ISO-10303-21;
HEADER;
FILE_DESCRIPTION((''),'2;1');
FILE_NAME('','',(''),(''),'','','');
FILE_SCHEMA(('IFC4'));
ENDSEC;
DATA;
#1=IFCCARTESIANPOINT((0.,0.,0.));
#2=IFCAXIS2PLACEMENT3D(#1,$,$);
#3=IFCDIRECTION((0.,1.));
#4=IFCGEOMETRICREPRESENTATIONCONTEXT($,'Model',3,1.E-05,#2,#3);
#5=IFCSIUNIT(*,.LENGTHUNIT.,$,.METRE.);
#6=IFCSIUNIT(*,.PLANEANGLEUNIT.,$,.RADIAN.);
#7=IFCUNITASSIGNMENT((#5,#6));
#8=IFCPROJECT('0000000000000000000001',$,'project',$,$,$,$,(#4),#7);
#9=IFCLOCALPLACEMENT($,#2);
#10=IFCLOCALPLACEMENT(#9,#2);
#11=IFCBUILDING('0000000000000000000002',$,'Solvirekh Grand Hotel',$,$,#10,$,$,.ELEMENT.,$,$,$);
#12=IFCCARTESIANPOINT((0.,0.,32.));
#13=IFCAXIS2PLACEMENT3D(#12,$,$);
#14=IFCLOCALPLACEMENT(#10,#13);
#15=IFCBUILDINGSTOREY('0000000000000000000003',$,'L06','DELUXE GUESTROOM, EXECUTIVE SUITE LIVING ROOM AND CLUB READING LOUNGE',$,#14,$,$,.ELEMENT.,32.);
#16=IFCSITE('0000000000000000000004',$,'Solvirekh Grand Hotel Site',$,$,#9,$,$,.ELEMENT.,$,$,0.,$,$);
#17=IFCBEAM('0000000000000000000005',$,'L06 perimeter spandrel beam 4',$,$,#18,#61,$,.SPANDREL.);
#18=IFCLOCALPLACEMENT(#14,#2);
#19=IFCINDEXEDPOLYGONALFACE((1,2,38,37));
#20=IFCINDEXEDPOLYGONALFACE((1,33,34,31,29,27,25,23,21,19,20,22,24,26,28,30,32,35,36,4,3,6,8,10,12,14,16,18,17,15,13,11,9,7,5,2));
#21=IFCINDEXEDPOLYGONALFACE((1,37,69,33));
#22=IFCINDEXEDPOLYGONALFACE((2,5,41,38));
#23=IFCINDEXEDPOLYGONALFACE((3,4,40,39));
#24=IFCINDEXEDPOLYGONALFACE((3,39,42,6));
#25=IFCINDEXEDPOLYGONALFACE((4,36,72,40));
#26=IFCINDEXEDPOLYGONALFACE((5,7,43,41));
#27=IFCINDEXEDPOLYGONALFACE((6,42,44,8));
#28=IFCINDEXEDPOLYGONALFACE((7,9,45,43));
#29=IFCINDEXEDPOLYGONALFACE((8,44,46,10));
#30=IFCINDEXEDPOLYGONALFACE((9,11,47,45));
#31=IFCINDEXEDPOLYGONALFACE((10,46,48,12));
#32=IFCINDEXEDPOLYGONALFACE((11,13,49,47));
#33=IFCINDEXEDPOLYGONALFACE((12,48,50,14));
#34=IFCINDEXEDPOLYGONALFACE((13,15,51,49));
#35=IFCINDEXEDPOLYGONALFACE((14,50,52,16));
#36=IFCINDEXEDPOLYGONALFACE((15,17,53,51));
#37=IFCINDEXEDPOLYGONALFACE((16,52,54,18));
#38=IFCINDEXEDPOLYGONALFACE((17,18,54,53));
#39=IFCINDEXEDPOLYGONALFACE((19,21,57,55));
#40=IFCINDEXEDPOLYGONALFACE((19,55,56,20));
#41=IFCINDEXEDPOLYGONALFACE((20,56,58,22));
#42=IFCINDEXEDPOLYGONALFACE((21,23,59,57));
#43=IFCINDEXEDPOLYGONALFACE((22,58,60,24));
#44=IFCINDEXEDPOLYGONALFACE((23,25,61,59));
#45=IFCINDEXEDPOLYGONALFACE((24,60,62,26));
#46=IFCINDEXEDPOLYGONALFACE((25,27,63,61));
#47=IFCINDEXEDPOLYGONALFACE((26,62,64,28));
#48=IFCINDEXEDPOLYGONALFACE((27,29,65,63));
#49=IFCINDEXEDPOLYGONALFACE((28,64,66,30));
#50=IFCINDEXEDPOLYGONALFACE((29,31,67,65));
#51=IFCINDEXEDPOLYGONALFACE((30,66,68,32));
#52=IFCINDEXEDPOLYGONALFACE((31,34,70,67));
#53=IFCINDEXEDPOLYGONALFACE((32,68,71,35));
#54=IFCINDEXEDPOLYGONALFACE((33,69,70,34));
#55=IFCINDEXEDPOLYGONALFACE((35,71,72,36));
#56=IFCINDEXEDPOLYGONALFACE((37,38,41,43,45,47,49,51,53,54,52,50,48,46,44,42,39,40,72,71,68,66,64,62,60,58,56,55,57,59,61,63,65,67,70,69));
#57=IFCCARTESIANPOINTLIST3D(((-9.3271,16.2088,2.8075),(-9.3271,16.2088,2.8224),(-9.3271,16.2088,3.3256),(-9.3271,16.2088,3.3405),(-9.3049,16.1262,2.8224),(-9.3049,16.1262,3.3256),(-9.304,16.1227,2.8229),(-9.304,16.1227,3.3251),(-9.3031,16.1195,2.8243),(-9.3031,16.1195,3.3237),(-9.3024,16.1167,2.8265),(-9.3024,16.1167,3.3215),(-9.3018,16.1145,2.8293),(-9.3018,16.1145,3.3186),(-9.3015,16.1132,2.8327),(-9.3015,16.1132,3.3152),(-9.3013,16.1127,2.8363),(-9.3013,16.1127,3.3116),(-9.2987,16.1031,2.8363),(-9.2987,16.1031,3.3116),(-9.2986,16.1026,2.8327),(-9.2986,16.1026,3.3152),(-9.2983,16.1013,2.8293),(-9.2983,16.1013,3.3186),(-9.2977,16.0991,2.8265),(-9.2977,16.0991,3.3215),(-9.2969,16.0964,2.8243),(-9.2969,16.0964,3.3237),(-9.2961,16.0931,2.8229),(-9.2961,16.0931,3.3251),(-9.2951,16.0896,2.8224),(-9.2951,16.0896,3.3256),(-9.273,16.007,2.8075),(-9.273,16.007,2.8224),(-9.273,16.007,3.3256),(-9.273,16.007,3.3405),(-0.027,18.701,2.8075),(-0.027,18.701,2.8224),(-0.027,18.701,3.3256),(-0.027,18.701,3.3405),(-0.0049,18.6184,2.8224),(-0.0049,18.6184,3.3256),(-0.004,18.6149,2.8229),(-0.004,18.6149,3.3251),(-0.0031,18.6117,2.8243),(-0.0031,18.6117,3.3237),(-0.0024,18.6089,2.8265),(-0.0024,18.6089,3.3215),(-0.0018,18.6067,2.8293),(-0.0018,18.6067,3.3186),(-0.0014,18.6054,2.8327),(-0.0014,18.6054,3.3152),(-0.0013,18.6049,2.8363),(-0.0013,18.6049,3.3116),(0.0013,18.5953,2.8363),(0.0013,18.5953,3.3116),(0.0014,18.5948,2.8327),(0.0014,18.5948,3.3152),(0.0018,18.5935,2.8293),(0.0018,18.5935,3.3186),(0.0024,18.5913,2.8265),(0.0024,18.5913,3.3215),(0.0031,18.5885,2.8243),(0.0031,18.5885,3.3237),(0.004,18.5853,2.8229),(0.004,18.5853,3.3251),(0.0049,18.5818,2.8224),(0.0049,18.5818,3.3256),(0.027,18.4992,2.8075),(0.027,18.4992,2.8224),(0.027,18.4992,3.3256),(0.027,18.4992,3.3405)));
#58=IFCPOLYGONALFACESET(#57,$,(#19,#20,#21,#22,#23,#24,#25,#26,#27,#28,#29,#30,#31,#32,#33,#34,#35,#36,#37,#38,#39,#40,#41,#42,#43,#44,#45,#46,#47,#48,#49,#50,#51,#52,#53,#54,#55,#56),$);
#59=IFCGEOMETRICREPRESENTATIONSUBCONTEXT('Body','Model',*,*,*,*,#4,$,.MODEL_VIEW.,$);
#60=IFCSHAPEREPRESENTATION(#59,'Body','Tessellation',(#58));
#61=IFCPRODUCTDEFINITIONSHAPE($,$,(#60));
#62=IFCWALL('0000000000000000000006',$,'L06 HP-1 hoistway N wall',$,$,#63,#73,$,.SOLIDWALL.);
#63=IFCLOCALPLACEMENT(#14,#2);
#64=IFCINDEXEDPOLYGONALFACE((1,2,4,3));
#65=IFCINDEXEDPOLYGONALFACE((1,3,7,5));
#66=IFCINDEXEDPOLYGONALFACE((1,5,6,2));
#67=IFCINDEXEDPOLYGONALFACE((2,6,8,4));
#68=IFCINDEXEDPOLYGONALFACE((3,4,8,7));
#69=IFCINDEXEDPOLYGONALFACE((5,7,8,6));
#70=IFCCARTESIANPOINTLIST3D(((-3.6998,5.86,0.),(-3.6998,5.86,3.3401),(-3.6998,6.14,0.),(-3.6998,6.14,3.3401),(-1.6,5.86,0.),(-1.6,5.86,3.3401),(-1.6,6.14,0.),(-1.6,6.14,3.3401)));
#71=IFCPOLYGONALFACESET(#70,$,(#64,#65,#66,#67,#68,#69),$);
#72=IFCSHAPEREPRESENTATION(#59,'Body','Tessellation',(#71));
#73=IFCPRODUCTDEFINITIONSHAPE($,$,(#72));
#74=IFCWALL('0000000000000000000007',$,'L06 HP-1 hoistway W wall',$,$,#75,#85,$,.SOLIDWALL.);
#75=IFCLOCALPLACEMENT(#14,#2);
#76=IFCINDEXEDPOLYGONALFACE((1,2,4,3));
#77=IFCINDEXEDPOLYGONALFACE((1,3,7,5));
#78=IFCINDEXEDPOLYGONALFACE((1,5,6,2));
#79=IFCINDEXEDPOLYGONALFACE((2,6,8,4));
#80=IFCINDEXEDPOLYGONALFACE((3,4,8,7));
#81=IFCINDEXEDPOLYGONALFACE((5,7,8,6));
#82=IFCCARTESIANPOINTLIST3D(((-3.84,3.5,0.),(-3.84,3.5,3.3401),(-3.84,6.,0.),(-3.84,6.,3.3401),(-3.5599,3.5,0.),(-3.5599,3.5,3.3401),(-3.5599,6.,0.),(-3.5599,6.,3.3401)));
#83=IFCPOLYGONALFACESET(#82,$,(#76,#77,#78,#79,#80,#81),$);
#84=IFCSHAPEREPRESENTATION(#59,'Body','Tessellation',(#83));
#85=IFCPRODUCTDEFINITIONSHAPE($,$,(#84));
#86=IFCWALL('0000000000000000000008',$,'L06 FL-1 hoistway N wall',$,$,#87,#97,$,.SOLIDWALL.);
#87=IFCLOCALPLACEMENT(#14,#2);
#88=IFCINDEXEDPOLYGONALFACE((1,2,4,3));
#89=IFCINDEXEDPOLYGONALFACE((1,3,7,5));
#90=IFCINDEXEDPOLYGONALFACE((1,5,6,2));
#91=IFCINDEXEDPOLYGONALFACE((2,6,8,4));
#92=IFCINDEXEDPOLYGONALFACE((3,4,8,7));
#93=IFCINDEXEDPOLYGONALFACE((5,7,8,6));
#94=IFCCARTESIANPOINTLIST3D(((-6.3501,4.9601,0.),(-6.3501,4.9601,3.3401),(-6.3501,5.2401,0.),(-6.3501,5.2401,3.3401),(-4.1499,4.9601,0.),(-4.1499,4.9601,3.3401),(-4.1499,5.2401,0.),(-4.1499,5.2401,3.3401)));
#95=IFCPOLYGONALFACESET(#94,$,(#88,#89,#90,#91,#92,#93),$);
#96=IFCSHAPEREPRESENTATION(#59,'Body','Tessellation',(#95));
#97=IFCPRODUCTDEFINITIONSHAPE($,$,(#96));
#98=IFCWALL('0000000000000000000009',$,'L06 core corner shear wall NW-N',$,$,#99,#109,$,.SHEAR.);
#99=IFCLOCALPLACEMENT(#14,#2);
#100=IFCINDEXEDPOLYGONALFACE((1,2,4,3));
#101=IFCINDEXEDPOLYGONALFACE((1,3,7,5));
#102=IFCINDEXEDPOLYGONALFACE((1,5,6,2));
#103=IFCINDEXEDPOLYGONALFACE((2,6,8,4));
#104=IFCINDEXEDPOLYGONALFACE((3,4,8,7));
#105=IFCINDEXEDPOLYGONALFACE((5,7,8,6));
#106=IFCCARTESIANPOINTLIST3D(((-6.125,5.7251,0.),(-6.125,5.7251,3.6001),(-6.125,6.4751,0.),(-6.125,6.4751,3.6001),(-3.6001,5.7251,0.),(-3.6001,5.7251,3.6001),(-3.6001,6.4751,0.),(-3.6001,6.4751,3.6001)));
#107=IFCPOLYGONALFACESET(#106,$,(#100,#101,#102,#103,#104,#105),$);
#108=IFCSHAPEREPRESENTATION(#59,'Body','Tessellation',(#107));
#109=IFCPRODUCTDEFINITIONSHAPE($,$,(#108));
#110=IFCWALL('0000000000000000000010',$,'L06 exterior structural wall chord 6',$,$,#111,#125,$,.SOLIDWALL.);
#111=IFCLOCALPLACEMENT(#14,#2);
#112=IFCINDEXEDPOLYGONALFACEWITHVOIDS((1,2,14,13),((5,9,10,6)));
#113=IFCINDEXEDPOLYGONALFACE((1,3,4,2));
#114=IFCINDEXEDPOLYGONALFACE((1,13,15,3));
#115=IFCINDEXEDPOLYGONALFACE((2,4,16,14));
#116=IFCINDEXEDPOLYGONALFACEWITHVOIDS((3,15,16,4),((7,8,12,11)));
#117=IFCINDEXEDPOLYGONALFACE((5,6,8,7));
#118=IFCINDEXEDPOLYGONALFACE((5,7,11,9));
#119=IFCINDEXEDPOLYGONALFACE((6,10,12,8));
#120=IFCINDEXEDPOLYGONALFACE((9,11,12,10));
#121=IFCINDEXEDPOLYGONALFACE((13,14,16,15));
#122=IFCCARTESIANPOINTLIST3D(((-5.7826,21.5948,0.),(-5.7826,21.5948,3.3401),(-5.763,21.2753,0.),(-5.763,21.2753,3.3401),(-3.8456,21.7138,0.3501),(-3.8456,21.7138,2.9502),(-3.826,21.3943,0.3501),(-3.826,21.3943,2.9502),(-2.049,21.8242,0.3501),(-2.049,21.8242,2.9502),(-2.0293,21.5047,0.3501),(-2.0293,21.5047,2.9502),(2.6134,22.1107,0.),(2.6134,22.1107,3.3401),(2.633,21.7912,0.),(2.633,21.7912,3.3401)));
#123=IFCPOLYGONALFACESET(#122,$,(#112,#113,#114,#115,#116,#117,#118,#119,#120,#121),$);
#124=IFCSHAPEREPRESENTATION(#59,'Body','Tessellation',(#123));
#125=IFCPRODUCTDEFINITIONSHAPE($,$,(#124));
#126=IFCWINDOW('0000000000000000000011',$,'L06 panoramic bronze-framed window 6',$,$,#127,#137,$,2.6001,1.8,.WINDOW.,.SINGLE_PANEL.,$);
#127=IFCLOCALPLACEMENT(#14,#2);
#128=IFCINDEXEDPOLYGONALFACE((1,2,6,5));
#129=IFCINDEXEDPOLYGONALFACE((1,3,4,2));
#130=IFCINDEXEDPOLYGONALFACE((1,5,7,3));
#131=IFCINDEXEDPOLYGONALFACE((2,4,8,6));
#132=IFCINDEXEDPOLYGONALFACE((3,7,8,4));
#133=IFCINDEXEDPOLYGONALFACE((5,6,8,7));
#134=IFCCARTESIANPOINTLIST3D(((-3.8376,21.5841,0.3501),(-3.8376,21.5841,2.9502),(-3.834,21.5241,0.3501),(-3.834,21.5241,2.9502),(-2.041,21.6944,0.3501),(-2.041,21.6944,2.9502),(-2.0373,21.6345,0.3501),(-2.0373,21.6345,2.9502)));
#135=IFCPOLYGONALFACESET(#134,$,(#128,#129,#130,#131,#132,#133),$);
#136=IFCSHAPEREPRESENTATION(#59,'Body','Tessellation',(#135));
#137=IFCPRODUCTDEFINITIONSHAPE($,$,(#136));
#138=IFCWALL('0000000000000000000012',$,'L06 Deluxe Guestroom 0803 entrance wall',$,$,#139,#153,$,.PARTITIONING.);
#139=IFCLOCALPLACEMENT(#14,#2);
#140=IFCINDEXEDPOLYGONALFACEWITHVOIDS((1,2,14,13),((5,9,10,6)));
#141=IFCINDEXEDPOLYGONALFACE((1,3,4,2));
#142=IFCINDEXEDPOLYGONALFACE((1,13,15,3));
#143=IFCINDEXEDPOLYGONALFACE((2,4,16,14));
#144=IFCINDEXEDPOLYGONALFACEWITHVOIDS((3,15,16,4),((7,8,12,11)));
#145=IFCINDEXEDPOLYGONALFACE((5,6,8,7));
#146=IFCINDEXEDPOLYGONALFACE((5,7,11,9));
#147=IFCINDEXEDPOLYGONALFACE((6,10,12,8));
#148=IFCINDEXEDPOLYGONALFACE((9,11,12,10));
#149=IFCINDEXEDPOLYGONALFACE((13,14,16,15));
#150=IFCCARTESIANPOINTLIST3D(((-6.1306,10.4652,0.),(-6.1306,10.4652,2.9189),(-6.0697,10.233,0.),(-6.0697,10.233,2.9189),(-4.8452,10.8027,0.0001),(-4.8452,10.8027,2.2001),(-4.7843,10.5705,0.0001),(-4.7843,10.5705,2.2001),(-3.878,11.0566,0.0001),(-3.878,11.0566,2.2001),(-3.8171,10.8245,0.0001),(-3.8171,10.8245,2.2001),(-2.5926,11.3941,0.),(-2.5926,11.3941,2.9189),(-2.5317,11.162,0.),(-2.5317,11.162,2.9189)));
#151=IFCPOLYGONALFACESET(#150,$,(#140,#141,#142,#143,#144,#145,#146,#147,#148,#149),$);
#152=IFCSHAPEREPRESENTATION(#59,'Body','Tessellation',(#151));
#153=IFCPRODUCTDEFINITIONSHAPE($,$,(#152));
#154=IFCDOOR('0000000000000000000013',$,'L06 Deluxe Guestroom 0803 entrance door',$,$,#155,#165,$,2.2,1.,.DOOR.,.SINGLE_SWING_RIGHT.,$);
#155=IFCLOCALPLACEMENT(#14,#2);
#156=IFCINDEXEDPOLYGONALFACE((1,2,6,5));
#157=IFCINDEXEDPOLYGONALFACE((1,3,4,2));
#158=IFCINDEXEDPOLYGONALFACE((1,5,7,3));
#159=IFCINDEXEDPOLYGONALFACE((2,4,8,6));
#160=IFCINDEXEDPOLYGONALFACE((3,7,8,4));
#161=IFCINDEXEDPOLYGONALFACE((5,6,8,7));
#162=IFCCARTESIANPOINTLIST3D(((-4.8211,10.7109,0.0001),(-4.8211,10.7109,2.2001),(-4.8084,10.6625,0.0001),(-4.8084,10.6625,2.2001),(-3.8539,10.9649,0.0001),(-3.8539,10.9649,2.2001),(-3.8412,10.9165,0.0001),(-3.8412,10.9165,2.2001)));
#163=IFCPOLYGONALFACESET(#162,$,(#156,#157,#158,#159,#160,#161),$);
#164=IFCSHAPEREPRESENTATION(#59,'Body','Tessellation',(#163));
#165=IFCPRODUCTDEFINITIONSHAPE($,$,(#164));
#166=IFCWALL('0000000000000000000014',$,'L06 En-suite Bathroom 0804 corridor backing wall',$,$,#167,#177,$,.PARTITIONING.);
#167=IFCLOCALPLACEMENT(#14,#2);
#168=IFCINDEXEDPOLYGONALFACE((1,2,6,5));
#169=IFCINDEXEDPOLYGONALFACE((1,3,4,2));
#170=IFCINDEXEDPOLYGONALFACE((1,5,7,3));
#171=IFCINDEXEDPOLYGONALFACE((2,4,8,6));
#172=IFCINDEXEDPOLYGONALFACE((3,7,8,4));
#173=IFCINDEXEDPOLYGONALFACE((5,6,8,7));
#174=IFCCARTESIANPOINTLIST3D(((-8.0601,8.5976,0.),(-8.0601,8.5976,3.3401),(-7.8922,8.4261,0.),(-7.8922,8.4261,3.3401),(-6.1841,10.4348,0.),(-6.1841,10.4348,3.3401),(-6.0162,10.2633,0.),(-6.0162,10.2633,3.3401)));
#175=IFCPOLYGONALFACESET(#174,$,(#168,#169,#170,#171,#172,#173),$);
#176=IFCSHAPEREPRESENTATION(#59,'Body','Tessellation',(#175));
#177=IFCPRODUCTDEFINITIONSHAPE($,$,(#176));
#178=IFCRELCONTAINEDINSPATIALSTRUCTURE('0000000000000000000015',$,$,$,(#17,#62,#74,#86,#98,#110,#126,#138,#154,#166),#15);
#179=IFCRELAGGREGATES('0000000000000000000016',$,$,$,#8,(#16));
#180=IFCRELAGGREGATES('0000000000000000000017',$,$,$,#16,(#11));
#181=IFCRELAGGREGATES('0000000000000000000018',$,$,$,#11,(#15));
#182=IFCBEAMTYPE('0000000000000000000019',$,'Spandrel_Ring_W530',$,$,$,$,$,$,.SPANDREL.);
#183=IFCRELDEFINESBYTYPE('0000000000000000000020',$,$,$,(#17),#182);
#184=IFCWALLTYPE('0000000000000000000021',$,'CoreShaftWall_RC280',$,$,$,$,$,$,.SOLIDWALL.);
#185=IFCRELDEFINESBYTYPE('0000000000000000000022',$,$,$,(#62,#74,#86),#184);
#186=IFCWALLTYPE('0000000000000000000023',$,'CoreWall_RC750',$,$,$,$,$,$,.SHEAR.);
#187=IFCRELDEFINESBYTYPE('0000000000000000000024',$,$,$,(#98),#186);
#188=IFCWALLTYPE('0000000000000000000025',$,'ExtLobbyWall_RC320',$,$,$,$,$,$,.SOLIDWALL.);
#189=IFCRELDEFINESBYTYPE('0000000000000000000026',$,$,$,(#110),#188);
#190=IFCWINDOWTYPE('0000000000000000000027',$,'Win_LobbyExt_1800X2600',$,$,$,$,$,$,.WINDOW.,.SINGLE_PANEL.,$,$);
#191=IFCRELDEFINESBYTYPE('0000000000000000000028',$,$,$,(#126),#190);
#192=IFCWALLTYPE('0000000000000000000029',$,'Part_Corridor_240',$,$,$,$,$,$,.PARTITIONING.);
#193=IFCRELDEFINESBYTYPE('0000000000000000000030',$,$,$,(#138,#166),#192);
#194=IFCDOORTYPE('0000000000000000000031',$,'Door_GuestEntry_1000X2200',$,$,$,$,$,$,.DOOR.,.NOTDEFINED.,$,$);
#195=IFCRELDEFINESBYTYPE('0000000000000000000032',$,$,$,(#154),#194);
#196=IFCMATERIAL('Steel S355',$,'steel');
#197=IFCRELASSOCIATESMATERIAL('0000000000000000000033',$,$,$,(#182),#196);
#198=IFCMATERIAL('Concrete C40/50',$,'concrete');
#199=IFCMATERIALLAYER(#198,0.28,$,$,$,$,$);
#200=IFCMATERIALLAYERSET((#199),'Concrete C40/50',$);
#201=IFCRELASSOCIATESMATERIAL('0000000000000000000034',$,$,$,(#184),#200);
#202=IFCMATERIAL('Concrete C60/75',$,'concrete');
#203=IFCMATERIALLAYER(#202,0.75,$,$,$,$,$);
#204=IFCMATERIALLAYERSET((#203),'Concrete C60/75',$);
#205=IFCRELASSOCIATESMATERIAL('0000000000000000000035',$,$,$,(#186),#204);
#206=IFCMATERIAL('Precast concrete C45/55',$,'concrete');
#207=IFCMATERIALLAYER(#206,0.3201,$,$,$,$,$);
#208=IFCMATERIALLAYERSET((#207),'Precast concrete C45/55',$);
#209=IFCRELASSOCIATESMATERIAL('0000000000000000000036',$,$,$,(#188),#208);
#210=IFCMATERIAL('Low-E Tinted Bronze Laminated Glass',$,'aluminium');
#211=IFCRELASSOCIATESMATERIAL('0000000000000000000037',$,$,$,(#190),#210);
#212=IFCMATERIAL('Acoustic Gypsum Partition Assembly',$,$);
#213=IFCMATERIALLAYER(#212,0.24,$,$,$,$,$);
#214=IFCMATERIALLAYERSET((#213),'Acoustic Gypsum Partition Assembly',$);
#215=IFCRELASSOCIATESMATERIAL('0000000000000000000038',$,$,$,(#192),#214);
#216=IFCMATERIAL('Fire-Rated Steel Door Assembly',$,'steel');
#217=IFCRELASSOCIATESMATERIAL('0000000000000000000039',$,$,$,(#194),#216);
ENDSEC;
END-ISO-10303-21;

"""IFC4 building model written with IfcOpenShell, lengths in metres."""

from ifc_helpers import new_model, si_unit, direction, frame, frame_2d, origin, origin_2d, place, context, subcontext, project, spatial, rectangle, i_section, extrude, material, layer, layer_set, material_profile, profile_set, type_object, element, fill, save


model = new_model("IFC4")

# Units and contexts
model_context = context("Model", 3, precision=1e-05, world=origin(), true_north=direction((0.0, 1.0)))
body_context = subcontext(model_context, "Body", "Model", "MODEL_VIEW")
ifc_project = project(units=[si_unit("LENGTHUNIT", "METRE"), si_unit("PLANEANGLEUNIT", "RADIAN")], contexts=[model_context])

# Site, building, storey
site_placement = place(None, origin())
site = spatial("IfcSite", under=ifc_project, at=site_placement, Name="Solvirekh Grand Hotel Site", CompositionType="ELEMENT", RefElevation=0.0)
building_placement = place(site_placement, origin())
building = spatial("IfcBuilding", under=site, at=building_placement, Name="Solvirekh Grand Hotel", CompositionType="ELEMENT")
storey_placement = place(building_placement, frame((0.0, 0.0, 32.0)))
storey = spatial("IfcBuildingStorey", under=building, at=storey_placement, Name="L06", Description="DELUXE GUESTROOM, EXECUTIVE SUITE LIVING ROOM AND CLUB READING LOUNGE", CompositionType="ELEMENT", Elevation=32.0)

# Shared definitions
ifc_material_1 = material(Name="Concrete C60/75", Category="concrete")

# Beam
ifc_material_2 = material(Name="Steel S355", Category="steel")
ifc_material_profile_1 = material_profile(ifc_material_2, i_section(OverallWidth=0.209, OverallDepth=0.533, WebThickness=0.01, FlangeThickness=0.0149, FilletRadius=0.0139, at=origin_2d()), Name="W530X92")
ifc_profile_set_1 = profile_set([ifc_material_profile_1], Name="Steel S355")
beam_type_1 = type_object("IfcBeamType", Name="Spandrel_Ring_W530", PredefinedType="SPANDREL", material=ifc_profile_set_1)
beam_1_placement = place(storey_placement, frame((0.0, 18.6001, 3.074), z_axis=(-0.965919, -0.258843, 0.0), x_axis=(0.258843, -0.965919, 0.0)))
element("IfcBeam", 1, at=beam_1_placement, inside=storey, type_object=beam_type_1, Name="L06 perimeter spandrel beam 4", PredefinedType="SPANDREL", context=body_context, shape_type="SweptSolid", body=[
    extrude(i_section(OverallWidth=0.209, OverallDepth=0.533, WebThickness=0.01, FlangeThickness=0.0149, FilletRadius=0.0139, at=origin_2d()), origin(), (0.0, 0.0, 1.0), 9.6282),
])

# Walls
ifc_material_3 = material(Name="Concrete C40/50", Category="concrete")
ifc_layer_1 = layer(ifc_material_3, 0.28)
ifc_layer_set_1 = layer_set([ifc_layer_1], Name="Concrete C40/50")
wall_type_1 = type_object("IfcWallType", Name="CoreShaftWall_RC280", PredefinedType="SOLIDWALL", material=ifc_layer_set_1)
wall_1_placement = place(storey_placement, frame((-1.6001, 6.0, 0.0), z_axis=(0.0, 0.0, 1.0), x_axis=(-1.0, 0.0, 0.0)))
element("IfcWall", 2, at=wall_1_placement, inside=storey, type_object=wall_type_1, Name="L06 HP-1 hoistway N wall", PredefinedType="SOLIDWALL", context=body_context, shape_type="SweptSolid", body=[
    extrude(rectangle(XDim=2.0999, YDim=0.28, at=frame_2d((1.0498, 0.0))), origin(), (0.0, 0.0, 1.0), 3.3401),
])
wall_2_placement = place(storey_placement, frame((-3.7, 6.0, 0.0), z_axis=(0.0, 0.0, 1.0), x_axis=(0.0, -1.0, 0.0)))
element("IfcWall", 3, at=wall_2_placement, inside=storey, type_object=wall_type_1, Name="L06 HP-1 hoistway W wall", PredefinedType="SOLIDWALL", context=body_context, shape_type="SweptSolid", body=[
    extrude(rectangle(XDim=2.5, YDim=0.28, at=frame_2d((1.25, 0.0))), origin(), (0.0, 0.0, 1.0), 3.3401),
])
wall_3_placement = place(storey_placement, frame((-4.1499, 5.1001, 0.0), z_axis=(0.0, 0.0, 1.0), x_axis=(-1.0, 0.0, 0.0)))
element("IfcWall", 4, at=wall_3_placement, inside=storey, type_object=wall_type_1, Name="L06 FL-1 hoistway N wall", PredefinedType="SOLIDWALL", context=body_context, shape_type="SweptSolid", body=[
    extrude(rectangle(XDim=2.2002, YDim=0.28, at=frame_2d((1.1001, 0.0))), origin(), (0.0, 0.0, 1.0), 3.3401),
])
ifc_layer_2 = layer(ifc_material_1, 0.75)
ifc_layer_set_2 = layer_set([ifc_layer_2], Name="Concrete C60/75")
wall_type_2 = type_object("IfcWallType", Name="CoreWall_RC750", PredefinedType="SHEAR", material=ifc_layer_set_2)
wall_4_placement = place(storey_placement, frame((-6.125, 6.1001, 0.0), z_axis=(0.0, 0.0, 1.0), x_axis=(1.0, 0.0, 0.0)))
element("IfcWall", 5, at=wall_4_placement, inside=storey, type_object=wall_type_2, Name="L06 core corner shear wall NW-N", PredefinedType="SHEAR", context=body_context, shape_type="SweptSolid", body=[
    extrude(rectangle(XDim=2.5249, YDim=0.75, at=frame_2d((1.2625, 0.0))), origin(), (0.0, 0.0, 1.0), 3.6001),
])

# Wall, opening, window
ifc_material_4 = material(Name="Precast concrete C45/55", Category="concrete")
ifc_layer_3 = layer(ifc_material_4, 0.3201)
ifc_layer_set_3 = layer_set([ifc_layer_3], Name="Precast concrete C45/55")
wall_type_3 = type_object("IfcWallType", Name="ExtLobbyWall_RC320", PredefinedType="SOLIDWALL", material=ifc_layer_set_3)
wall_5_placement = place(storey_placement, frame((-5.7729, 21.4351, 0.0), z_axis=(0.0, 0.0, 1.0), x_axis=(0.998118, 0.061327, 0.0)))
wall_5 = element("IfcWall", 6, at=wall_5_placement, inside=storey, type_object=wall_type_3, Name="L06 exterior structural wall chord 6", PredefinedType="SOLIDWALL", context=body_context, shape_type="SweptSolid", body=[
    extrude(rectangle(XDim=8.4119, YDim=0.3201, at=frame_2d((4.2061, 0.0))), origin(), (0.0, 0.0, 1.0), 3.3401),
])
opening_1_placement = place(wall_5_placement, frame((1.9409, 0.0, 0.3501)))
opening_1 = element("IfcOpeningElement", 7, at=opening_1_placement, cuts=wall_5, PredefinedType="OPENING", context=body_context, shape_type="SweptSolid", body=[
    extrude(rectangle(XDim=1.8, YDim=2.6001, at=frame_2d((0.8999, 1.3))), frame((0.0, 0.1699, 0.0), z_axis=(0.0, -1.0, 0.0), x_axis=(1.0, 0.0, 0.0)), (0.0, 0.0, 1.0), 0.3401),
])
ifc_material_5 = material(Name="Low-E Tinted Bronze Laminated Glass", Category="aluminium")
window_type = type_object("IfcWindowType", Name="Win_LobbyExt_1800X2600", PartitioningType="SINGLE_PANEL", PredefinedType="WINDOW", material=ifc_material_5)
window_placement = place(opening_1_placement, origin())
window = element("IfcWindow", 8, at=window_placement, inside=storey, type_object=window_type, Name="L06 panoramic bronze-framed window 6", OverallHeight=2.6001, OverallWidth=1.8, PartitioningType="SINGLE_PANEL", PredefinedType="WINDOW", context=body_context, shape_type="SweptSolid", body=[
    extrude(rectangle(XDim=1.8, YDim=2.6001, at=frame_2d((0.8999, 1.3))), frame((0.0, 0.03, 0.0), z_axis=(0.0, -1.0, 0.0), x_axis=(1.0, 0.0, 0.0)), (0.0, 0.0, 1.0), 0.0601),
])
fill(opening_1, window)

# Wall, opening, door
ifc_material_6 = material(Name="Acoustic Gypsum Partition Assembly")
ifc_layer_4 = layer(ifc_material_6, 0.24)
ifc_layer_set_4 = layer_set([ifc_layer_4], Name="Acoustic Gypsum Partition Assembly")
wall_type_4 = type_object("IfcWallType", Name="Part_Corridor_240", PredefinedType="PARTITIONING", material=ifc_layer_set_4)
wall_6_placement = place(storey_placement, frame((-2.562, 11.2781, 0.0), z_axis=(0.0, 0.0, 1.0), x_axis=(-0.967217, -0.253951, 0.0)))
wall_6 = element("IfcWall", 9, at=wall_6_placement, inside=storey, type_object=wall_type_4, Name="L06 Deluxe Guestroom 0803 entrance wall", PredefinedType="PARTITIONING", context=body_context, shape_type="SweptSolid", body=[
    extrude(rectangle(XDim=3.658, YDim=0.24, at=frame_2d((1.8291, 0.0))), origin(), (0.0, 0.0, 1.0), 2.9189),
])
opening_2_placement = place(wall_6_placement, frame((1.3291, 0.0, 0.0)))
opening_2 = element("IfcOpeningElement", 10, at=opening_2_placement, cuts=wall_6, PredefinedType="OPENING", context=body_context, shape_type="SweptSolid", body=[
    extrude(rectangle(XDim=1.0, YDim=2.2, at=frame_2d((0.5, 1.1001))), frame((0.0, 0.1299, 0.0), z_axis=(0.0, -1.0, 0.0), x_axis=(1.0, 0.0, 0.0)), (0.0, 0.0, 1.0), 0.26),
])
ifc_material_7 = material(Name="Fire-Rated Steel Door Assembly", Category="steel")
door_type_1 = type_object("IfcDoorType", Name="Door_GuestEntry_1000X2200", OperationType="NOTDEFINED", PredefinedType="DOOR", material=ifc_material_7)
door_1_placement = place(opening_2_placement, origin())
door_1 = element("IfcDoor", 11, at=door_1_placement, inside=storey, type_object=door_type_1, Name="L06 Deluxe Guestroom 0803 entrance door", OperationType="SINGLE_SWING_RIGHT", OverallHeight=2.2, OverallWidth=1.0, PredefinedType="DOOR", context=body_context, shape_type="SweptSolid", body=[
    extrude(rectangle(XDim=1.0, YDim=2.2, at=frame_2d((0.5, 1.1001))), frame((0.0, 0.0249, 0.0), z_axis=(0.0, -1.0, 0.0), x_axis=(1.0, 0.0, 0.0)), (0.0, 0.0, 1.0), 0.05),
])
fill(opening_2, door_1)

# Wall
wall_7_placement = place(storey_placement, frame((-6.1001, 10.3491, 0.0), z_axis=(0.0, 0.0, 1.0), x_axis=(-0.71446, -0.699676, 0.0)))
element("IfcWall", 12, at=wall_7_placement, inside=storey, type_object=wall_type_4, Name="L06 En-suite Bathroom 0804 corridor backing wall", PredefinedType="PARTITIONING", context=body_context, shape_type="SweptSolid", body=[
    extrude(rectangle(XDim=2.6257, YDim=0.24, at=frame_2d((1.313, 0.0))), origin(), (0.0, 0.0, 1.0), 3.3401),
])

save(model, "model.ifc")
